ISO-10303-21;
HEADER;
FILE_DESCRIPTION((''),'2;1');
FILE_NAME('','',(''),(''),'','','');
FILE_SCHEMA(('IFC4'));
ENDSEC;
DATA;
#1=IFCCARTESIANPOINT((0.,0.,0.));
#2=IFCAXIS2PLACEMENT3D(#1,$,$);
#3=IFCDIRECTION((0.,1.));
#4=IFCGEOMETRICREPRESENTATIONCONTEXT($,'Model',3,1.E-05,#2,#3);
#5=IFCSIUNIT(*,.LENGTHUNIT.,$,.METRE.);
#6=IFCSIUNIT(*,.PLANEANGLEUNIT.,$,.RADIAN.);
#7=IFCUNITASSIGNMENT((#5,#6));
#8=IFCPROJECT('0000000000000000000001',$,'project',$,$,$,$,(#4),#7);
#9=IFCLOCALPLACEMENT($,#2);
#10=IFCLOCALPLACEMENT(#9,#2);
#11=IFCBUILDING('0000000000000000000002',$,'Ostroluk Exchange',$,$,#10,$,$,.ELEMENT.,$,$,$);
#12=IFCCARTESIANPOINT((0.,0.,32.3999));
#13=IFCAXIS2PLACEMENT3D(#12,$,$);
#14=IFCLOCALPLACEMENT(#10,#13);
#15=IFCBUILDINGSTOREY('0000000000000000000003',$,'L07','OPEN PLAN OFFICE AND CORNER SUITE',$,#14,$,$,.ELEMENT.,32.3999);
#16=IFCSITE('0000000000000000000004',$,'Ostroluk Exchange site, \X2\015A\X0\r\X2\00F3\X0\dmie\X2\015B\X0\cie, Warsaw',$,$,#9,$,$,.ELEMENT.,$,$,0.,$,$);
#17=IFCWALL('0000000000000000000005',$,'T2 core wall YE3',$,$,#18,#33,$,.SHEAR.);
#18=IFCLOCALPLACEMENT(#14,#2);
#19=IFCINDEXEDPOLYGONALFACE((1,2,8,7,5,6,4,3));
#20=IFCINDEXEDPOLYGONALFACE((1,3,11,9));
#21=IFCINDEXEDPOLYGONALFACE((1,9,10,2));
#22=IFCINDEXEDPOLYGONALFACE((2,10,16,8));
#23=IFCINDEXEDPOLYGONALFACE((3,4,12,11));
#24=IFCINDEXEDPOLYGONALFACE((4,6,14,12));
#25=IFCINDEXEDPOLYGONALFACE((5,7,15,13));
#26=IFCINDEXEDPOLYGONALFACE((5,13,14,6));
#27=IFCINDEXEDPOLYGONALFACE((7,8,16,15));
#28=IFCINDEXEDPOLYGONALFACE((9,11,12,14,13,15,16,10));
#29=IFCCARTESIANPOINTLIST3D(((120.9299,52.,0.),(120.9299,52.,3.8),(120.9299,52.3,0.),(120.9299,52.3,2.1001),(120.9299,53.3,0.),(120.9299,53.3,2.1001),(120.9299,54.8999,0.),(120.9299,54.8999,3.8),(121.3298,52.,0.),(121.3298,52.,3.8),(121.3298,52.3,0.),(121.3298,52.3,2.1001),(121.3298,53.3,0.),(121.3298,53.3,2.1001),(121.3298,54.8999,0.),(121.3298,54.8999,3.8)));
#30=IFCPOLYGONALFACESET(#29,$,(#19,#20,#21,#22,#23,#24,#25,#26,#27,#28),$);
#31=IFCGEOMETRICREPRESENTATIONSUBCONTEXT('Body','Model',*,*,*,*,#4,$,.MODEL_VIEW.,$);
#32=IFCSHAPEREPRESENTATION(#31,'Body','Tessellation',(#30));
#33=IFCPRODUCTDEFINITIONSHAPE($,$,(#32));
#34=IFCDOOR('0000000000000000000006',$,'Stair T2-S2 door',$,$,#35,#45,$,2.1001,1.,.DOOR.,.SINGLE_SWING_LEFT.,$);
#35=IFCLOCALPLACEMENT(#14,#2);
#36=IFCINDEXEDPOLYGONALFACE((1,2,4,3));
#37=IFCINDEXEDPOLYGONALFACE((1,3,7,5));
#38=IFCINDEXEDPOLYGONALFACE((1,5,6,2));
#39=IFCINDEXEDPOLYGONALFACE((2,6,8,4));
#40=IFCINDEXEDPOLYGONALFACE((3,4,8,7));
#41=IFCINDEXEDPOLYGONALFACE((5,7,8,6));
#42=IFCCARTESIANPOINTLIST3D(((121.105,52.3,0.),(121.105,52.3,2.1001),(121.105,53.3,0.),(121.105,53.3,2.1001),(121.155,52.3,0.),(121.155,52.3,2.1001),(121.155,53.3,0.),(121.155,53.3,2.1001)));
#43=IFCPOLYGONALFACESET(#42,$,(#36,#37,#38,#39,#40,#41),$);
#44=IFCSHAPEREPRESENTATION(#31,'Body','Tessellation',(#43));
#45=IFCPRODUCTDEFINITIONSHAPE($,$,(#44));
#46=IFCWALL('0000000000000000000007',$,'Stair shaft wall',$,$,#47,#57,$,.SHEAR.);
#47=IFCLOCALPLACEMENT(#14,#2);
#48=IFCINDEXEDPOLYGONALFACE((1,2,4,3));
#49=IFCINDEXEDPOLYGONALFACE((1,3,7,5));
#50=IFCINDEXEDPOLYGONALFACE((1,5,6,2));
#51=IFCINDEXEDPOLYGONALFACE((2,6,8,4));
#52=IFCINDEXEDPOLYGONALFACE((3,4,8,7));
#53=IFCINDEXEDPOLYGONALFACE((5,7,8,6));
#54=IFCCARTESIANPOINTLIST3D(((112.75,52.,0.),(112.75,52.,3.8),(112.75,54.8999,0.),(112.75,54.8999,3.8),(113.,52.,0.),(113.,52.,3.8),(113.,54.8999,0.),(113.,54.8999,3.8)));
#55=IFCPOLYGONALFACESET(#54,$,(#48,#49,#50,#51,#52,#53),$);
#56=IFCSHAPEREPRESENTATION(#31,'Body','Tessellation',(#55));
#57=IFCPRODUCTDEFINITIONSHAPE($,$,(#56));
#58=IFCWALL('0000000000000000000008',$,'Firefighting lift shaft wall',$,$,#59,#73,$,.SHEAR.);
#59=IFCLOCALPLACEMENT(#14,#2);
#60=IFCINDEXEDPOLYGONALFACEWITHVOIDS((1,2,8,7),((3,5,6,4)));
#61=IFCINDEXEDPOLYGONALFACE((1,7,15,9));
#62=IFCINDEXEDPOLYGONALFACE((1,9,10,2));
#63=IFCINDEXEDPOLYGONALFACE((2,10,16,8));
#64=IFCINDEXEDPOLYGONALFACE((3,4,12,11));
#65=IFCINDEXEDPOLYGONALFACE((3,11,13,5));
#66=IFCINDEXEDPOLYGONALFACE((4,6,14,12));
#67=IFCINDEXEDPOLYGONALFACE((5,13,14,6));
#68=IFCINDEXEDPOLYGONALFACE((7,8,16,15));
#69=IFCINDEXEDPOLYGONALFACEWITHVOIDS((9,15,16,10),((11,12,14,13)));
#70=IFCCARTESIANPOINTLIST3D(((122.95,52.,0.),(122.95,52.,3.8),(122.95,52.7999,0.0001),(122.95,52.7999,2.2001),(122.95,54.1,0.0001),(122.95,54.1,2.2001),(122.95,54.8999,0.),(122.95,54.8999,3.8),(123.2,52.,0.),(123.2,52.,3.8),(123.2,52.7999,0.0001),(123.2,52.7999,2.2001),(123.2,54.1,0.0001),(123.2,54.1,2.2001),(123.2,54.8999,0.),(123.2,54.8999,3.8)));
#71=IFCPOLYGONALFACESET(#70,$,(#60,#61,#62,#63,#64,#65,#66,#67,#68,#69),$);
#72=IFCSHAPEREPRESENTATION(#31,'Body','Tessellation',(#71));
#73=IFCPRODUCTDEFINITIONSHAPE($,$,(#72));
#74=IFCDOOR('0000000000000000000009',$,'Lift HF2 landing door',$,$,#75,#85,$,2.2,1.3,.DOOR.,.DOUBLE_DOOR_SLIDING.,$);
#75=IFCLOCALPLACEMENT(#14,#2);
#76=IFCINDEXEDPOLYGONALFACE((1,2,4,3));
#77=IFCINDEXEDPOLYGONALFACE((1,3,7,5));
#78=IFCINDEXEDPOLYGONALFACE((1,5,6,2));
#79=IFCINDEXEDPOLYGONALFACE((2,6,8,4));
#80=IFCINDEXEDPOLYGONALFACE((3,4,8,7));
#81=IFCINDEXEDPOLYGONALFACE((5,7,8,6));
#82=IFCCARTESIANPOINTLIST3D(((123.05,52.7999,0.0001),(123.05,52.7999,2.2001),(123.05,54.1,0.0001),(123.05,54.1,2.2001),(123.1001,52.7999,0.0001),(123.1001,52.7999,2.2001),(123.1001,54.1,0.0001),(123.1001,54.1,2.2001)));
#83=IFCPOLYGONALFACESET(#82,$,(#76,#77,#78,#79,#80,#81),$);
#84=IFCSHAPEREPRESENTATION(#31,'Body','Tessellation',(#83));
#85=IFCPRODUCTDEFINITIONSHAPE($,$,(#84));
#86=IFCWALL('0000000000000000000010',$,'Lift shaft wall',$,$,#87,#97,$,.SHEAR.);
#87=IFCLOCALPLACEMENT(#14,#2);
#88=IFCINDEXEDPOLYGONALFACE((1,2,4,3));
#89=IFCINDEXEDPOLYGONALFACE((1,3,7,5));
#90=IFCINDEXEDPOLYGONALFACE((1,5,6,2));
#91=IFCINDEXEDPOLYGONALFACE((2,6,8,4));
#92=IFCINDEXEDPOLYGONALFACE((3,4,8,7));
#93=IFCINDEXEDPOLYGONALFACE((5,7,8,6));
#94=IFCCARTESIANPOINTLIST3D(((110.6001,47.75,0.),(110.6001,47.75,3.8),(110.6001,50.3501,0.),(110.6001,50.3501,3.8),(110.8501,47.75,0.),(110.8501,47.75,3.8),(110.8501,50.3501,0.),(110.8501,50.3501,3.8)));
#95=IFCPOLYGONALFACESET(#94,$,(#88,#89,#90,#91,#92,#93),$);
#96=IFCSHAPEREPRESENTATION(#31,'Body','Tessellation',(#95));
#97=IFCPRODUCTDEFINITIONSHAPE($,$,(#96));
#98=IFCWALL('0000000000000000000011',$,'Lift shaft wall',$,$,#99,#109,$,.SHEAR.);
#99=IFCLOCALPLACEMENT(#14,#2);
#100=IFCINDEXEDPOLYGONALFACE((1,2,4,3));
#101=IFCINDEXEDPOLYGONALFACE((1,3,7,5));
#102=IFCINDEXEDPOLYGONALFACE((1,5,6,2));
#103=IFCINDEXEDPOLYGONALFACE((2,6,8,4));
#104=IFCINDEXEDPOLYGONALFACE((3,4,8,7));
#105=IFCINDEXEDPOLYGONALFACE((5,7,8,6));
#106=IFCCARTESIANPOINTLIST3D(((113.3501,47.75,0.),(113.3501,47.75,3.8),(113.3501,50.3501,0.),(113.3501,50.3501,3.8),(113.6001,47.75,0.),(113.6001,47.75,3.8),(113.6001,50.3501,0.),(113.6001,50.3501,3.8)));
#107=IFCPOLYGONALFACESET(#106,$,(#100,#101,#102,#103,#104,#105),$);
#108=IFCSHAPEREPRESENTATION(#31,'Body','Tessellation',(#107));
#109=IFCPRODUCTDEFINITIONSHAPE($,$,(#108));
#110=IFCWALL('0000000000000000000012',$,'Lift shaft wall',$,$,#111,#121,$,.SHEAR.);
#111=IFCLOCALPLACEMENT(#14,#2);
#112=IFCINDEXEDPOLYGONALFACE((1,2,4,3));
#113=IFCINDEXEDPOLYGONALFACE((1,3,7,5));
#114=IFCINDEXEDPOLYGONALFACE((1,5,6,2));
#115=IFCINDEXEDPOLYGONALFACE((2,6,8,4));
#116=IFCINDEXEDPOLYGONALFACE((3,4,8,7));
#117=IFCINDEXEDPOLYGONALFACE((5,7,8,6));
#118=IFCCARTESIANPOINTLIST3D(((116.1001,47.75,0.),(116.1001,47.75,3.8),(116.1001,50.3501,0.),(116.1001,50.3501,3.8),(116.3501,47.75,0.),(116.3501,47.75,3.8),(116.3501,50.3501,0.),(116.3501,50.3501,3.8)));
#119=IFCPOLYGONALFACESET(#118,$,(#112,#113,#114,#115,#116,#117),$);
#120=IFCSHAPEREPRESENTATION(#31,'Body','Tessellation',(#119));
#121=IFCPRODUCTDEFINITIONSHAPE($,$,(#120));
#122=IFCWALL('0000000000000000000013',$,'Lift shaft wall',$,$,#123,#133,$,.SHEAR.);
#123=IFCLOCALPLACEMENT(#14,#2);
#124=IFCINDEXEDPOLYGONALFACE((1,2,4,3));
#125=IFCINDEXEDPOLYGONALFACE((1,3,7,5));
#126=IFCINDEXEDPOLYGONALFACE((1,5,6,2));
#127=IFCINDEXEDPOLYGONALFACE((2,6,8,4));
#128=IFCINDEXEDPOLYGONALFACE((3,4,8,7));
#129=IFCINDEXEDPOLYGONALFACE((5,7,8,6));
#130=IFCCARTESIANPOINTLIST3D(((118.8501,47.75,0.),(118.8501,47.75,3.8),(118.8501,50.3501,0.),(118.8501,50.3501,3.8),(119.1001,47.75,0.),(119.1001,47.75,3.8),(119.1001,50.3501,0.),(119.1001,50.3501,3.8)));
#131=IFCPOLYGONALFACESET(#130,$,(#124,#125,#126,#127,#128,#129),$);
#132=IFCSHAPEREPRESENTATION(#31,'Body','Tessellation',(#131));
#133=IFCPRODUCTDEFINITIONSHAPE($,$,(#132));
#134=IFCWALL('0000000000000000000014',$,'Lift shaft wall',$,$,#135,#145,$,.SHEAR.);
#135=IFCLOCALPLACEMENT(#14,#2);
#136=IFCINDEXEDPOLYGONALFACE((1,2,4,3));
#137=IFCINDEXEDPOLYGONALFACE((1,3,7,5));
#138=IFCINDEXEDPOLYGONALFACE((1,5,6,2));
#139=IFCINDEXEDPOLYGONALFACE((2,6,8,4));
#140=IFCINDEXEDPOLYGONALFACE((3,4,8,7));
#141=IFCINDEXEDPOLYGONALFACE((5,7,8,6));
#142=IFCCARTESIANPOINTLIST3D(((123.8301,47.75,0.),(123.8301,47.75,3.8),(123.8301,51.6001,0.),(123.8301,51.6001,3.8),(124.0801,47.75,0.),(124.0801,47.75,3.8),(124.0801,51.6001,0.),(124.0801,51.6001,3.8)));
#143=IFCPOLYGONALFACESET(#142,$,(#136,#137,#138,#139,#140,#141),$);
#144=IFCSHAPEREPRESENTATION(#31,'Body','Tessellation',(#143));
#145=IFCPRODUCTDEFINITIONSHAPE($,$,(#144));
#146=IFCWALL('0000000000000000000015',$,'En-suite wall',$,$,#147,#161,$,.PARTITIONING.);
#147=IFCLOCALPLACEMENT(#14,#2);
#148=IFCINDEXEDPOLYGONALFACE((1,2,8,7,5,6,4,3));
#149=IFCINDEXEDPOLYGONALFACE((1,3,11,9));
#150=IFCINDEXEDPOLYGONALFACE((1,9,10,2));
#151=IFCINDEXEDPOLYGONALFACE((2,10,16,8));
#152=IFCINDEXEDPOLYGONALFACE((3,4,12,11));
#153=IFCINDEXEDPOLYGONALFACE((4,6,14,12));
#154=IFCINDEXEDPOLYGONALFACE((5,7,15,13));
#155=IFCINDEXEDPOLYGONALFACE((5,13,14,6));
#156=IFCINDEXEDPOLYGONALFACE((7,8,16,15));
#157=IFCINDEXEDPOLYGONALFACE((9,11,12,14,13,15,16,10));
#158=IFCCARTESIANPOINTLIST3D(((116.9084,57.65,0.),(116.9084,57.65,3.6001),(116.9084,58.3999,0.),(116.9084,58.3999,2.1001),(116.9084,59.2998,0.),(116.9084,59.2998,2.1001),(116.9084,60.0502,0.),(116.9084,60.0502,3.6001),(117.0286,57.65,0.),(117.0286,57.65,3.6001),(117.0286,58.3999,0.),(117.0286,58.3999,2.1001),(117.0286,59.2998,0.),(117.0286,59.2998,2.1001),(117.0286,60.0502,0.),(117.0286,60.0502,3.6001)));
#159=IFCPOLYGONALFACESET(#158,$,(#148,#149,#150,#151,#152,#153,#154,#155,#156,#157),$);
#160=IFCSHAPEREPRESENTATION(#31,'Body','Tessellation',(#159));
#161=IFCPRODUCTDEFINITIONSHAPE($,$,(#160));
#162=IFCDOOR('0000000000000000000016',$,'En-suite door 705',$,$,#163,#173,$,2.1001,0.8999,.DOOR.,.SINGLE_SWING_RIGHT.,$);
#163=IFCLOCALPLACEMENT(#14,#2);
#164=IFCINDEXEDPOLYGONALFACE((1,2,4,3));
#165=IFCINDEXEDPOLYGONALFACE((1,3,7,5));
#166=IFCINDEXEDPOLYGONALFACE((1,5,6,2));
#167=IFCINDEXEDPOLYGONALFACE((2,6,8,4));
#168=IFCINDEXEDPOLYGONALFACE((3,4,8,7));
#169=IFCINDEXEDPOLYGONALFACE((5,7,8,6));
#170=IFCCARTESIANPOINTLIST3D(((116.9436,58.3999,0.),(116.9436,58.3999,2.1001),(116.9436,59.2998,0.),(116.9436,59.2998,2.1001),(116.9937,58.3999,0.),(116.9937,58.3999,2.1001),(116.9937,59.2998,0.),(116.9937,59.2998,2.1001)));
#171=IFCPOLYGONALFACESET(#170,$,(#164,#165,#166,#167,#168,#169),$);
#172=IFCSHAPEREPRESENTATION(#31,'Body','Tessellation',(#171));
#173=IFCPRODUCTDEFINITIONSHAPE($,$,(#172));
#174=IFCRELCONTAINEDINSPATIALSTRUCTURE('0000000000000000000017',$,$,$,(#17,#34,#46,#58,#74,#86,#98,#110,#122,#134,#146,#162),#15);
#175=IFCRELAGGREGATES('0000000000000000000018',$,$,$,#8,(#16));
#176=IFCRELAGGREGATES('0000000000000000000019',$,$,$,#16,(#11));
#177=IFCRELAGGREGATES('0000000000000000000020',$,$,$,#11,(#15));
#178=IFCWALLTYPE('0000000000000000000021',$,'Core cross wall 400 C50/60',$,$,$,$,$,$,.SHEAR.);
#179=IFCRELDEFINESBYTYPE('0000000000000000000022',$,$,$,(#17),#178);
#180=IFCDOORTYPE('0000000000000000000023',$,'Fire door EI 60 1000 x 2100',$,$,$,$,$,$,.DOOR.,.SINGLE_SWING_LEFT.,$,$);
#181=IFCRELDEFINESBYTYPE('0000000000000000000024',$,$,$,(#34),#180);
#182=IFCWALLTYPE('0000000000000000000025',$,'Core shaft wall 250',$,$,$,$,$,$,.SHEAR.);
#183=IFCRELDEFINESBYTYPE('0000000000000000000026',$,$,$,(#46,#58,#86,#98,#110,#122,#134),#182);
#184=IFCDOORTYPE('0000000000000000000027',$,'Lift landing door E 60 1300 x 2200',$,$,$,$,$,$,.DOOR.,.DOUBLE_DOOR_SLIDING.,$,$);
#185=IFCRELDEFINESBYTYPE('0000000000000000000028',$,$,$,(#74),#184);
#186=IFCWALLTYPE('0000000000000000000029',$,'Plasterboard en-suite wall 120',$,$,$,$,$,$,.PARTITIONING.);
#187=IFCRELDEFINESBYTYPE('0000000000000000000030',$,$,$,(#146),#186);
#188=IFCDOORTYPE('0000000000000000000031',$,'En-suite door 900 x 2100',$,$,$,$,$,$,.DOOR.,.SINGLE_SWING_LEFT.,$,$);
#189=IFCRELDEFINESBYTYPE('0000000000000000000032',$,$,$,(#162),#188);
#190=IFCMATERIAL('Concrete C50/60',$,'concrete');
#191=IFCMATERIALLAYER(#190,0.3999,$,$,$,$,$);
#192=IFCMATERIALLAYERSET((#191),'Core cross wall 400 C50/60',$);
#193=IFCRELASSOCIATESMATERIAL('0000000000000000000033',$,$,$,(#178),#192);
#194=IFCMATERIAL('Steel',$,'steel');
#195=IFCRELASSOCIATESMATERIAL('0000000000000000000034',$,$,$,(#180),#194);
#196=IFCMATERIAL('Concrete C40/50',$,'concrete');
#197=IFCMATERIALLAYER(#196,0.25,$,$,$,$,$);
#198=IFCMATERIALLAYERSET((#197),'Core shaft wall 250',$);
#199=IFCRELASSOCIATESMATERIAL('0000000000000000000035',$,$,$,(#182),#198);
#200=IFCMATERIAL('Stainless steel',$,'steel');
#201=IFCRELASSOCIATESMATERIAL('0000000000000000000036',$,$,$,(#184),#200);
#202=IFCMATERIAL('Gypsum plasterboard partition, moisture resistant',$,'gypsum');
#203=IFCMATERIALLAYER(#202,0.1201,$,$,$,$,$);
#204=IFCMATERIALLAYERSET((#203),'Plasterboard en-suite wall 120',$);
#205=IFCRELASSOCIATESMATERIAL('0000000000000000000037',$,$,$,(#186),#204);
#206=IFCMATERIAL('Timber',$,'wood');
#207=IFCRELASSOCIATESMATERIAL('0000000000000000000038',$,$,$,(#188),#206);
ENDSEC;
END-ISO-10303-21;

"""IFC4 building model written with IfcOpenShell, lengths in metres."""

from ifc_helpers import new_model, si_unit, direction, frame, frame_2d, origin, place, context, subcontext, project, spatial, rectangle, extrude, material, layer, layer_set, type_object, element, fill, save


model = new_model("IFC4")

# Units and contexts
model_context = context("Model", 3, precision=1e-05, world=origin(), true_north=direction((0.0, 1.0)))
body_context = subcontext(model_context, "Body", "Model", "MODEL_VIEW")
ifc_project = project(units=[si_unit("LENGTHUNIT", "METRE"), si_unit("PLANEANGLEUNIT", "RADIAN")], contexts=[model_context])

# Site, building, storey
site_placement = place(None, origin())
site = spatial("IfcSite", under=ifc_project, at=site_placement, Name="Ostroluk Exchange site, Śródmieście, Warsaw", CompositionType="ELEMENT", RefElevation=0.0)
building_placement = place(site_placement, origin())
building = spatial("IfcBuilding", under=site, at=building_placement, Name="Ostroluk Exchange", CompositionType="ELEMENT")
storey_placement = place(building_placement, frame((0.0, 0.0, 32.3999)))
storey = spatial("IfcBuildingStorey", under=building, at=storey_placement, Name="L07", Description="OPEN PLAN OFFICE AND CORNER SUITE", CompositionType="ELEMENT", Elevation=32.3999)

# Wall, opening, door
ifc_material_1 = material(Name="Concrete C50/60", Category="concrete")
ifc_layer_1 = layer(ifc_material_1, 0.3999)
ifc_layer_set_1 = layer_set([ifc_layer_1], Name="Core cross wall 400 C50/60")
wall_type_1 = type_object("IfcWallType", Name="Core cross wall 400 C50/60", PredefinedType="SHEAR", material=ifc_layer_set_1)
wall_1_placement = place(storey_placement, frame((121.1299, 52.0, 0.0), z_axis=(0.0, 0.0, 1.0), x_axis=(0.0, 1.0, 0.0)))
wall_1 = element("IfcWall", 1, at=wall_1_placement, inside=storey, type_object=wall_type_1, Name="T2 core wall YE3", PredefinedType="SHEAR", context=body_context, shape_type="SweptSolid", body=[
    extrude(rectangle(XDim=2.8999, YDim=0.3999, at=frame_2d((1.45, 0.0))), origin(), (0.0, 0.0, 1.0), 3.8),
])
opening_1_placement = place(wall_1_placement, frame((0.3, 0.0, 0.0)))
opening_1 = element("IfcOpeningElement", 2, at=opening_1_placement, cuts=wall_1, PredefinedType="OPENING", context=body_context, shape_type="SweptSolid", body=[
    extrude(rectangle(XDim=1.0, YDim=2.1001, at=frame_2d((0.5, 1.05))), frame((0.0, 0.21, 0.0), z_axis=(0.0, -1.0, 0.0), x_axis=(1.0, 0.0, 0.0)), (0.0, 0.0, 1.0), 0.4199),
])
ifc_material_2 = material(Name="Steel", Category="steel")
door_type_1 = type_object("IfcDoorType", Name="Fire door EI 60 1000 x 2100", OperationType="SINGLE_SWING_LEFT", PredefinedType="DOOR", material=ifc_material_2)
door_1_placement = place(opening_1_placement, origin())
door_1 = element("IfcDoor", 3, at=door_1_placement, inside=storey, type_object=door_type_1, Name="Stair T2-S2 door", OperationType="SINGLE_SWING_LEFT", OverallHeight=2.1001, OverallWidth=1.0, PredefinedType="DOOR", context=body_context, shape_type="SweptSolid", body=[
    extrude(rectangle(XDim=1.0, YDim=2.1001, at=frame_2d((0.5, 1.05))), frame((0.0, 0.0249, 0.0), z_axis=(0.0, -1.0, 0.0), x_axis=(1.0, 0.0, 0.0)), (0.0, 0.0, 1.0), 0.05),
])
fill(opening_1, door_1)

# Wall
ifc_material_3 = material(Name="Concrete C40/50", Category="concrete")
ifc_layer_2 = layer(ifc_material_3, 0.25)
ifc_layer_set_2 = layer_set([ifc_layer_2], Name="Core shaft wall 250")
wall_type_2 = type_object("IfcWallType", Name="Core shaft wall 250", PredefinedType="SHEAR", material=ifc_layer_set_2)
wall_2_placement = place(storey_placement, frame((112.875, 52.0, 0.0), z_axis=(0.0, 0.0, 1.0), x_axis=(0.0, 1.0, 0.0)))
element("IfcWall", 4, at=wall_2_placement, inside=storey, type_object=wall_type_2, Name="Stair shaft wall", PredefinedType="SHEAR", context=body_context, shape_type="SweptSolid", body=[
    extrude(rectangle(XDim=2.8999, YDim=0.25, at=frame_2d((1.45, 0.0))), origin(), (0.0, 0.0, 1.0), 3.8),
])

# Wall, opening, door
wall_3_placement = place(storey_placement, frame((123.075, 52.0, 0.0), z_axis=(0.0, 0.0, 1.0), x_axis=(0.0, 1.0, 0.0)))
wall_3 = element("IfcWall", 5, at=wall_3_placement, inside=storey, type_object=wall_type_2, Name="Firefighting lift shaft wall", PredefinedType="SHEAR", context=body_context, shape_type="SweptSolid", body=[
    extrude(rectangle(XDim=2.8999, YDim=0.25, at=frame_2d((1.45, 0.0))), origin(), (0.0, 0.0, 1.0), 3.8),
])
opening_2_placement = place(wall_3_placement, frame((0.8, 0.0, 0.0)))
opening_2 = element("IfcOpeningElement", 6, at=opening_2_placement, cuts=wall_3, PredefinedType="OPENING", context=body_context, shape_type="SweptSolid", body=[
    extrude(rectangle(XDim=1.3, YDim=2.2, at=frame_2d((0.6499, 1.1001))), frame((0.0, 0.135, 0.0), z_axis=(0.0, -1.0, 0.0), x_axis=(1.0, 0.0, 0.0)), (0.0, 0.0, 1.0), 0.27),
])
ifc_material_4 = material(Name="Stainless steel", Category="steel")
door_type_2 = type_object("IfcDoorType", Name="Lift landing door E 60 1300 x 2200", OperationType="DOUBLE_DOOR_SLIDING", PredefinedType="DOOR", material=ifc_material_4)
door_2_placement = place(opening_2_placement, origin())
door_2 = element("IfcDoor", 7, at=door_2_placement, inside=storey, type_object=door_type_2, Name="Lift HF2 landing door", OperationType="DOUBLE_DOOR_SLIDING", OverallHeight=2.2, OverallWidth=1.3, PredefinedType="DOOR", context=body_context, shape_type="SweptSolid", body=[
    extrude(rectangle(XDim=1.3, YDim=2.2, at=frame_2d((0.6499, 1.1001))), frame((0.0, 0.0249, 0.0), z_axis=(0.0, -1.0, 0.0), x_axis=(1.0, 0.0, 0.0)), (0.0, 0.0, 1.0), 0.05),
])
fill(opening_2, door_2)

# Walls
for number, where, z_axis, x_axis, name in (
    (8, (110.7251, 47.75, 0.0), (0.0, 0.0, 1.0), (0.0, 1.0, 0.0), "Lift shaft wall"),
    (9, (113.4751, 47.75, 0.0), (0.0, 0.0, 1.0), (0.0, 1.0, 0.0), "Lift shaft wall"),
    (10, (116.2251, 47.75, 0.0), (0.0, 0.0, 1.0), (0.0, 1.0, 0.0), "Lift shaft wall"),
    (11, (118.9751, 47.75, 0.0), (0.0, 0.0, 1.0), (0.0, 1.0, 0.0), "Lift shaft wall"),
):
    element("IfcWall", number, at=place(storey_placement, frame(where, z_axis=z_axis, x_axis=x_axis)), inside=storey, type_object=wall_type_2, Name=name, PredefinedType="SHEAR", context=body_context, shape_type="SweptSolid", body=[
        extrude(rectangle(XDim=2.6001, YDim=0.25, at=frame_2d((1.3, 0.0))), origin(), (0.0, 0.0, 1.0), 3.8),
    ])
wall_4_placement = place(storey_placement, frame((123.9551, 47.75, 0.0), z_axis=(0.0, 0.0, 1.0), x_axis=(0.0, 1.0, 0.0)))
element("IfcWall", 12, at=wall_4_placement, inside=storey, type_object=wall_type_2, Name="Lift shaft wall", PredefinedType="SHEAR", context=body_context, shape_type="SweptSolid", body=[
    extrude(rectangle(XDim=3.8501, YDim=0.25, at=frame_2d((1.925, 0.0))), origin(), (0.0, 0.0, 1.0), 3.8),
])

# Wall, opening, door
ifc_material_5 = material(Name="Gypsum plasterboard partition, moisture resistant", Category="gypsum")
ifc_layer_3 = layer(ifc_material_5, 0.1201)
ifc_layer_set_3 = layer_set([ifc_layer_3], Name="Plasterboard en-suite wall 120")
wall_type_3 = type_object("IfcWallType", Name="Plasterboard en-suite wall 120", PredefinedType="PARTITIONING", material=ifc_layer_set_3)
wall_5_placement = place(storey_placement, frame((116.9685, 57.6499, 0.0), z_axis=(0.0, 0.0, 1.0), x_axis=(0.0, 1.0, 0.0)))
wall_5 = element("IfcWall", 13, at=wall_5_placement, inside=storey, type_object=wall_type_3, Name="En-suite wall", PredefinedType="PARTITIONING", context=body_context, shape_type="SweptSolid", body=[
    extrude(rectangle(XDim=2.4001, YDim=0.1201, at=frame_2d((1.2002, 0.0))), origin(), (0.0, 0.0, 1.0), 3.6001),
])
opening_3_placement = place(wall_5_placement, frame((0.75, 0.0, 0.0)))
opening_3 = element("IfcOpeningElement", 14, at=opening_3_placement, cuts=wall_5, PredefinedType="OPENING", context=body_context, shape_type="SweptSolid", body=[
    extrude(rectangle(XDim=0.8999, YDim=2.1001, at=frame_2d((0.45, 1.05))), frame((0.0, 0.0701, 0.0), z_axis=(0.0, -1.0, 0.0), x_axis=(1.0, 0.0, 0.0)), (0.0, 0.0, 1.0), 0.1401),
])
ifc_material_6 = material(Name="Timber", Category="wood")
door_type_3 = type_object("IfcDoorType", Name="En-suite door 900 x 2100", OperationType="SINGLE_SWING_LEFT", PredefinedType="DOOR", material=ifc_material_6)
door_3_placement = place(opening_3_placement, origin())
door_3 = element("IfcDoor", 15, at=door_3_placement, inside=storey, type_object=door_type_3, Name="En-suite door 705", OperationType="SINGLE_SWING_RIGHT", OverallHeight=2.1001, OverallWidth=0.8999, PredefinedType="DOOR", context=body_context, shape_type="SweptSolid", body=[
    extrude(rectangle(XDim=0.8999, YDim=2.1001, at=frame_2d((0.45, 1.05))), frame((0.0, 0.0249, 0.0), z_axis=(0.0, -1.0, 0.0), x_axis=(1.0, 0.0, 0.0)), (0.0, 0.0, 1.0), 0.05),
])
fill(opening_3, door_3)

save(model, "model.ifc")
